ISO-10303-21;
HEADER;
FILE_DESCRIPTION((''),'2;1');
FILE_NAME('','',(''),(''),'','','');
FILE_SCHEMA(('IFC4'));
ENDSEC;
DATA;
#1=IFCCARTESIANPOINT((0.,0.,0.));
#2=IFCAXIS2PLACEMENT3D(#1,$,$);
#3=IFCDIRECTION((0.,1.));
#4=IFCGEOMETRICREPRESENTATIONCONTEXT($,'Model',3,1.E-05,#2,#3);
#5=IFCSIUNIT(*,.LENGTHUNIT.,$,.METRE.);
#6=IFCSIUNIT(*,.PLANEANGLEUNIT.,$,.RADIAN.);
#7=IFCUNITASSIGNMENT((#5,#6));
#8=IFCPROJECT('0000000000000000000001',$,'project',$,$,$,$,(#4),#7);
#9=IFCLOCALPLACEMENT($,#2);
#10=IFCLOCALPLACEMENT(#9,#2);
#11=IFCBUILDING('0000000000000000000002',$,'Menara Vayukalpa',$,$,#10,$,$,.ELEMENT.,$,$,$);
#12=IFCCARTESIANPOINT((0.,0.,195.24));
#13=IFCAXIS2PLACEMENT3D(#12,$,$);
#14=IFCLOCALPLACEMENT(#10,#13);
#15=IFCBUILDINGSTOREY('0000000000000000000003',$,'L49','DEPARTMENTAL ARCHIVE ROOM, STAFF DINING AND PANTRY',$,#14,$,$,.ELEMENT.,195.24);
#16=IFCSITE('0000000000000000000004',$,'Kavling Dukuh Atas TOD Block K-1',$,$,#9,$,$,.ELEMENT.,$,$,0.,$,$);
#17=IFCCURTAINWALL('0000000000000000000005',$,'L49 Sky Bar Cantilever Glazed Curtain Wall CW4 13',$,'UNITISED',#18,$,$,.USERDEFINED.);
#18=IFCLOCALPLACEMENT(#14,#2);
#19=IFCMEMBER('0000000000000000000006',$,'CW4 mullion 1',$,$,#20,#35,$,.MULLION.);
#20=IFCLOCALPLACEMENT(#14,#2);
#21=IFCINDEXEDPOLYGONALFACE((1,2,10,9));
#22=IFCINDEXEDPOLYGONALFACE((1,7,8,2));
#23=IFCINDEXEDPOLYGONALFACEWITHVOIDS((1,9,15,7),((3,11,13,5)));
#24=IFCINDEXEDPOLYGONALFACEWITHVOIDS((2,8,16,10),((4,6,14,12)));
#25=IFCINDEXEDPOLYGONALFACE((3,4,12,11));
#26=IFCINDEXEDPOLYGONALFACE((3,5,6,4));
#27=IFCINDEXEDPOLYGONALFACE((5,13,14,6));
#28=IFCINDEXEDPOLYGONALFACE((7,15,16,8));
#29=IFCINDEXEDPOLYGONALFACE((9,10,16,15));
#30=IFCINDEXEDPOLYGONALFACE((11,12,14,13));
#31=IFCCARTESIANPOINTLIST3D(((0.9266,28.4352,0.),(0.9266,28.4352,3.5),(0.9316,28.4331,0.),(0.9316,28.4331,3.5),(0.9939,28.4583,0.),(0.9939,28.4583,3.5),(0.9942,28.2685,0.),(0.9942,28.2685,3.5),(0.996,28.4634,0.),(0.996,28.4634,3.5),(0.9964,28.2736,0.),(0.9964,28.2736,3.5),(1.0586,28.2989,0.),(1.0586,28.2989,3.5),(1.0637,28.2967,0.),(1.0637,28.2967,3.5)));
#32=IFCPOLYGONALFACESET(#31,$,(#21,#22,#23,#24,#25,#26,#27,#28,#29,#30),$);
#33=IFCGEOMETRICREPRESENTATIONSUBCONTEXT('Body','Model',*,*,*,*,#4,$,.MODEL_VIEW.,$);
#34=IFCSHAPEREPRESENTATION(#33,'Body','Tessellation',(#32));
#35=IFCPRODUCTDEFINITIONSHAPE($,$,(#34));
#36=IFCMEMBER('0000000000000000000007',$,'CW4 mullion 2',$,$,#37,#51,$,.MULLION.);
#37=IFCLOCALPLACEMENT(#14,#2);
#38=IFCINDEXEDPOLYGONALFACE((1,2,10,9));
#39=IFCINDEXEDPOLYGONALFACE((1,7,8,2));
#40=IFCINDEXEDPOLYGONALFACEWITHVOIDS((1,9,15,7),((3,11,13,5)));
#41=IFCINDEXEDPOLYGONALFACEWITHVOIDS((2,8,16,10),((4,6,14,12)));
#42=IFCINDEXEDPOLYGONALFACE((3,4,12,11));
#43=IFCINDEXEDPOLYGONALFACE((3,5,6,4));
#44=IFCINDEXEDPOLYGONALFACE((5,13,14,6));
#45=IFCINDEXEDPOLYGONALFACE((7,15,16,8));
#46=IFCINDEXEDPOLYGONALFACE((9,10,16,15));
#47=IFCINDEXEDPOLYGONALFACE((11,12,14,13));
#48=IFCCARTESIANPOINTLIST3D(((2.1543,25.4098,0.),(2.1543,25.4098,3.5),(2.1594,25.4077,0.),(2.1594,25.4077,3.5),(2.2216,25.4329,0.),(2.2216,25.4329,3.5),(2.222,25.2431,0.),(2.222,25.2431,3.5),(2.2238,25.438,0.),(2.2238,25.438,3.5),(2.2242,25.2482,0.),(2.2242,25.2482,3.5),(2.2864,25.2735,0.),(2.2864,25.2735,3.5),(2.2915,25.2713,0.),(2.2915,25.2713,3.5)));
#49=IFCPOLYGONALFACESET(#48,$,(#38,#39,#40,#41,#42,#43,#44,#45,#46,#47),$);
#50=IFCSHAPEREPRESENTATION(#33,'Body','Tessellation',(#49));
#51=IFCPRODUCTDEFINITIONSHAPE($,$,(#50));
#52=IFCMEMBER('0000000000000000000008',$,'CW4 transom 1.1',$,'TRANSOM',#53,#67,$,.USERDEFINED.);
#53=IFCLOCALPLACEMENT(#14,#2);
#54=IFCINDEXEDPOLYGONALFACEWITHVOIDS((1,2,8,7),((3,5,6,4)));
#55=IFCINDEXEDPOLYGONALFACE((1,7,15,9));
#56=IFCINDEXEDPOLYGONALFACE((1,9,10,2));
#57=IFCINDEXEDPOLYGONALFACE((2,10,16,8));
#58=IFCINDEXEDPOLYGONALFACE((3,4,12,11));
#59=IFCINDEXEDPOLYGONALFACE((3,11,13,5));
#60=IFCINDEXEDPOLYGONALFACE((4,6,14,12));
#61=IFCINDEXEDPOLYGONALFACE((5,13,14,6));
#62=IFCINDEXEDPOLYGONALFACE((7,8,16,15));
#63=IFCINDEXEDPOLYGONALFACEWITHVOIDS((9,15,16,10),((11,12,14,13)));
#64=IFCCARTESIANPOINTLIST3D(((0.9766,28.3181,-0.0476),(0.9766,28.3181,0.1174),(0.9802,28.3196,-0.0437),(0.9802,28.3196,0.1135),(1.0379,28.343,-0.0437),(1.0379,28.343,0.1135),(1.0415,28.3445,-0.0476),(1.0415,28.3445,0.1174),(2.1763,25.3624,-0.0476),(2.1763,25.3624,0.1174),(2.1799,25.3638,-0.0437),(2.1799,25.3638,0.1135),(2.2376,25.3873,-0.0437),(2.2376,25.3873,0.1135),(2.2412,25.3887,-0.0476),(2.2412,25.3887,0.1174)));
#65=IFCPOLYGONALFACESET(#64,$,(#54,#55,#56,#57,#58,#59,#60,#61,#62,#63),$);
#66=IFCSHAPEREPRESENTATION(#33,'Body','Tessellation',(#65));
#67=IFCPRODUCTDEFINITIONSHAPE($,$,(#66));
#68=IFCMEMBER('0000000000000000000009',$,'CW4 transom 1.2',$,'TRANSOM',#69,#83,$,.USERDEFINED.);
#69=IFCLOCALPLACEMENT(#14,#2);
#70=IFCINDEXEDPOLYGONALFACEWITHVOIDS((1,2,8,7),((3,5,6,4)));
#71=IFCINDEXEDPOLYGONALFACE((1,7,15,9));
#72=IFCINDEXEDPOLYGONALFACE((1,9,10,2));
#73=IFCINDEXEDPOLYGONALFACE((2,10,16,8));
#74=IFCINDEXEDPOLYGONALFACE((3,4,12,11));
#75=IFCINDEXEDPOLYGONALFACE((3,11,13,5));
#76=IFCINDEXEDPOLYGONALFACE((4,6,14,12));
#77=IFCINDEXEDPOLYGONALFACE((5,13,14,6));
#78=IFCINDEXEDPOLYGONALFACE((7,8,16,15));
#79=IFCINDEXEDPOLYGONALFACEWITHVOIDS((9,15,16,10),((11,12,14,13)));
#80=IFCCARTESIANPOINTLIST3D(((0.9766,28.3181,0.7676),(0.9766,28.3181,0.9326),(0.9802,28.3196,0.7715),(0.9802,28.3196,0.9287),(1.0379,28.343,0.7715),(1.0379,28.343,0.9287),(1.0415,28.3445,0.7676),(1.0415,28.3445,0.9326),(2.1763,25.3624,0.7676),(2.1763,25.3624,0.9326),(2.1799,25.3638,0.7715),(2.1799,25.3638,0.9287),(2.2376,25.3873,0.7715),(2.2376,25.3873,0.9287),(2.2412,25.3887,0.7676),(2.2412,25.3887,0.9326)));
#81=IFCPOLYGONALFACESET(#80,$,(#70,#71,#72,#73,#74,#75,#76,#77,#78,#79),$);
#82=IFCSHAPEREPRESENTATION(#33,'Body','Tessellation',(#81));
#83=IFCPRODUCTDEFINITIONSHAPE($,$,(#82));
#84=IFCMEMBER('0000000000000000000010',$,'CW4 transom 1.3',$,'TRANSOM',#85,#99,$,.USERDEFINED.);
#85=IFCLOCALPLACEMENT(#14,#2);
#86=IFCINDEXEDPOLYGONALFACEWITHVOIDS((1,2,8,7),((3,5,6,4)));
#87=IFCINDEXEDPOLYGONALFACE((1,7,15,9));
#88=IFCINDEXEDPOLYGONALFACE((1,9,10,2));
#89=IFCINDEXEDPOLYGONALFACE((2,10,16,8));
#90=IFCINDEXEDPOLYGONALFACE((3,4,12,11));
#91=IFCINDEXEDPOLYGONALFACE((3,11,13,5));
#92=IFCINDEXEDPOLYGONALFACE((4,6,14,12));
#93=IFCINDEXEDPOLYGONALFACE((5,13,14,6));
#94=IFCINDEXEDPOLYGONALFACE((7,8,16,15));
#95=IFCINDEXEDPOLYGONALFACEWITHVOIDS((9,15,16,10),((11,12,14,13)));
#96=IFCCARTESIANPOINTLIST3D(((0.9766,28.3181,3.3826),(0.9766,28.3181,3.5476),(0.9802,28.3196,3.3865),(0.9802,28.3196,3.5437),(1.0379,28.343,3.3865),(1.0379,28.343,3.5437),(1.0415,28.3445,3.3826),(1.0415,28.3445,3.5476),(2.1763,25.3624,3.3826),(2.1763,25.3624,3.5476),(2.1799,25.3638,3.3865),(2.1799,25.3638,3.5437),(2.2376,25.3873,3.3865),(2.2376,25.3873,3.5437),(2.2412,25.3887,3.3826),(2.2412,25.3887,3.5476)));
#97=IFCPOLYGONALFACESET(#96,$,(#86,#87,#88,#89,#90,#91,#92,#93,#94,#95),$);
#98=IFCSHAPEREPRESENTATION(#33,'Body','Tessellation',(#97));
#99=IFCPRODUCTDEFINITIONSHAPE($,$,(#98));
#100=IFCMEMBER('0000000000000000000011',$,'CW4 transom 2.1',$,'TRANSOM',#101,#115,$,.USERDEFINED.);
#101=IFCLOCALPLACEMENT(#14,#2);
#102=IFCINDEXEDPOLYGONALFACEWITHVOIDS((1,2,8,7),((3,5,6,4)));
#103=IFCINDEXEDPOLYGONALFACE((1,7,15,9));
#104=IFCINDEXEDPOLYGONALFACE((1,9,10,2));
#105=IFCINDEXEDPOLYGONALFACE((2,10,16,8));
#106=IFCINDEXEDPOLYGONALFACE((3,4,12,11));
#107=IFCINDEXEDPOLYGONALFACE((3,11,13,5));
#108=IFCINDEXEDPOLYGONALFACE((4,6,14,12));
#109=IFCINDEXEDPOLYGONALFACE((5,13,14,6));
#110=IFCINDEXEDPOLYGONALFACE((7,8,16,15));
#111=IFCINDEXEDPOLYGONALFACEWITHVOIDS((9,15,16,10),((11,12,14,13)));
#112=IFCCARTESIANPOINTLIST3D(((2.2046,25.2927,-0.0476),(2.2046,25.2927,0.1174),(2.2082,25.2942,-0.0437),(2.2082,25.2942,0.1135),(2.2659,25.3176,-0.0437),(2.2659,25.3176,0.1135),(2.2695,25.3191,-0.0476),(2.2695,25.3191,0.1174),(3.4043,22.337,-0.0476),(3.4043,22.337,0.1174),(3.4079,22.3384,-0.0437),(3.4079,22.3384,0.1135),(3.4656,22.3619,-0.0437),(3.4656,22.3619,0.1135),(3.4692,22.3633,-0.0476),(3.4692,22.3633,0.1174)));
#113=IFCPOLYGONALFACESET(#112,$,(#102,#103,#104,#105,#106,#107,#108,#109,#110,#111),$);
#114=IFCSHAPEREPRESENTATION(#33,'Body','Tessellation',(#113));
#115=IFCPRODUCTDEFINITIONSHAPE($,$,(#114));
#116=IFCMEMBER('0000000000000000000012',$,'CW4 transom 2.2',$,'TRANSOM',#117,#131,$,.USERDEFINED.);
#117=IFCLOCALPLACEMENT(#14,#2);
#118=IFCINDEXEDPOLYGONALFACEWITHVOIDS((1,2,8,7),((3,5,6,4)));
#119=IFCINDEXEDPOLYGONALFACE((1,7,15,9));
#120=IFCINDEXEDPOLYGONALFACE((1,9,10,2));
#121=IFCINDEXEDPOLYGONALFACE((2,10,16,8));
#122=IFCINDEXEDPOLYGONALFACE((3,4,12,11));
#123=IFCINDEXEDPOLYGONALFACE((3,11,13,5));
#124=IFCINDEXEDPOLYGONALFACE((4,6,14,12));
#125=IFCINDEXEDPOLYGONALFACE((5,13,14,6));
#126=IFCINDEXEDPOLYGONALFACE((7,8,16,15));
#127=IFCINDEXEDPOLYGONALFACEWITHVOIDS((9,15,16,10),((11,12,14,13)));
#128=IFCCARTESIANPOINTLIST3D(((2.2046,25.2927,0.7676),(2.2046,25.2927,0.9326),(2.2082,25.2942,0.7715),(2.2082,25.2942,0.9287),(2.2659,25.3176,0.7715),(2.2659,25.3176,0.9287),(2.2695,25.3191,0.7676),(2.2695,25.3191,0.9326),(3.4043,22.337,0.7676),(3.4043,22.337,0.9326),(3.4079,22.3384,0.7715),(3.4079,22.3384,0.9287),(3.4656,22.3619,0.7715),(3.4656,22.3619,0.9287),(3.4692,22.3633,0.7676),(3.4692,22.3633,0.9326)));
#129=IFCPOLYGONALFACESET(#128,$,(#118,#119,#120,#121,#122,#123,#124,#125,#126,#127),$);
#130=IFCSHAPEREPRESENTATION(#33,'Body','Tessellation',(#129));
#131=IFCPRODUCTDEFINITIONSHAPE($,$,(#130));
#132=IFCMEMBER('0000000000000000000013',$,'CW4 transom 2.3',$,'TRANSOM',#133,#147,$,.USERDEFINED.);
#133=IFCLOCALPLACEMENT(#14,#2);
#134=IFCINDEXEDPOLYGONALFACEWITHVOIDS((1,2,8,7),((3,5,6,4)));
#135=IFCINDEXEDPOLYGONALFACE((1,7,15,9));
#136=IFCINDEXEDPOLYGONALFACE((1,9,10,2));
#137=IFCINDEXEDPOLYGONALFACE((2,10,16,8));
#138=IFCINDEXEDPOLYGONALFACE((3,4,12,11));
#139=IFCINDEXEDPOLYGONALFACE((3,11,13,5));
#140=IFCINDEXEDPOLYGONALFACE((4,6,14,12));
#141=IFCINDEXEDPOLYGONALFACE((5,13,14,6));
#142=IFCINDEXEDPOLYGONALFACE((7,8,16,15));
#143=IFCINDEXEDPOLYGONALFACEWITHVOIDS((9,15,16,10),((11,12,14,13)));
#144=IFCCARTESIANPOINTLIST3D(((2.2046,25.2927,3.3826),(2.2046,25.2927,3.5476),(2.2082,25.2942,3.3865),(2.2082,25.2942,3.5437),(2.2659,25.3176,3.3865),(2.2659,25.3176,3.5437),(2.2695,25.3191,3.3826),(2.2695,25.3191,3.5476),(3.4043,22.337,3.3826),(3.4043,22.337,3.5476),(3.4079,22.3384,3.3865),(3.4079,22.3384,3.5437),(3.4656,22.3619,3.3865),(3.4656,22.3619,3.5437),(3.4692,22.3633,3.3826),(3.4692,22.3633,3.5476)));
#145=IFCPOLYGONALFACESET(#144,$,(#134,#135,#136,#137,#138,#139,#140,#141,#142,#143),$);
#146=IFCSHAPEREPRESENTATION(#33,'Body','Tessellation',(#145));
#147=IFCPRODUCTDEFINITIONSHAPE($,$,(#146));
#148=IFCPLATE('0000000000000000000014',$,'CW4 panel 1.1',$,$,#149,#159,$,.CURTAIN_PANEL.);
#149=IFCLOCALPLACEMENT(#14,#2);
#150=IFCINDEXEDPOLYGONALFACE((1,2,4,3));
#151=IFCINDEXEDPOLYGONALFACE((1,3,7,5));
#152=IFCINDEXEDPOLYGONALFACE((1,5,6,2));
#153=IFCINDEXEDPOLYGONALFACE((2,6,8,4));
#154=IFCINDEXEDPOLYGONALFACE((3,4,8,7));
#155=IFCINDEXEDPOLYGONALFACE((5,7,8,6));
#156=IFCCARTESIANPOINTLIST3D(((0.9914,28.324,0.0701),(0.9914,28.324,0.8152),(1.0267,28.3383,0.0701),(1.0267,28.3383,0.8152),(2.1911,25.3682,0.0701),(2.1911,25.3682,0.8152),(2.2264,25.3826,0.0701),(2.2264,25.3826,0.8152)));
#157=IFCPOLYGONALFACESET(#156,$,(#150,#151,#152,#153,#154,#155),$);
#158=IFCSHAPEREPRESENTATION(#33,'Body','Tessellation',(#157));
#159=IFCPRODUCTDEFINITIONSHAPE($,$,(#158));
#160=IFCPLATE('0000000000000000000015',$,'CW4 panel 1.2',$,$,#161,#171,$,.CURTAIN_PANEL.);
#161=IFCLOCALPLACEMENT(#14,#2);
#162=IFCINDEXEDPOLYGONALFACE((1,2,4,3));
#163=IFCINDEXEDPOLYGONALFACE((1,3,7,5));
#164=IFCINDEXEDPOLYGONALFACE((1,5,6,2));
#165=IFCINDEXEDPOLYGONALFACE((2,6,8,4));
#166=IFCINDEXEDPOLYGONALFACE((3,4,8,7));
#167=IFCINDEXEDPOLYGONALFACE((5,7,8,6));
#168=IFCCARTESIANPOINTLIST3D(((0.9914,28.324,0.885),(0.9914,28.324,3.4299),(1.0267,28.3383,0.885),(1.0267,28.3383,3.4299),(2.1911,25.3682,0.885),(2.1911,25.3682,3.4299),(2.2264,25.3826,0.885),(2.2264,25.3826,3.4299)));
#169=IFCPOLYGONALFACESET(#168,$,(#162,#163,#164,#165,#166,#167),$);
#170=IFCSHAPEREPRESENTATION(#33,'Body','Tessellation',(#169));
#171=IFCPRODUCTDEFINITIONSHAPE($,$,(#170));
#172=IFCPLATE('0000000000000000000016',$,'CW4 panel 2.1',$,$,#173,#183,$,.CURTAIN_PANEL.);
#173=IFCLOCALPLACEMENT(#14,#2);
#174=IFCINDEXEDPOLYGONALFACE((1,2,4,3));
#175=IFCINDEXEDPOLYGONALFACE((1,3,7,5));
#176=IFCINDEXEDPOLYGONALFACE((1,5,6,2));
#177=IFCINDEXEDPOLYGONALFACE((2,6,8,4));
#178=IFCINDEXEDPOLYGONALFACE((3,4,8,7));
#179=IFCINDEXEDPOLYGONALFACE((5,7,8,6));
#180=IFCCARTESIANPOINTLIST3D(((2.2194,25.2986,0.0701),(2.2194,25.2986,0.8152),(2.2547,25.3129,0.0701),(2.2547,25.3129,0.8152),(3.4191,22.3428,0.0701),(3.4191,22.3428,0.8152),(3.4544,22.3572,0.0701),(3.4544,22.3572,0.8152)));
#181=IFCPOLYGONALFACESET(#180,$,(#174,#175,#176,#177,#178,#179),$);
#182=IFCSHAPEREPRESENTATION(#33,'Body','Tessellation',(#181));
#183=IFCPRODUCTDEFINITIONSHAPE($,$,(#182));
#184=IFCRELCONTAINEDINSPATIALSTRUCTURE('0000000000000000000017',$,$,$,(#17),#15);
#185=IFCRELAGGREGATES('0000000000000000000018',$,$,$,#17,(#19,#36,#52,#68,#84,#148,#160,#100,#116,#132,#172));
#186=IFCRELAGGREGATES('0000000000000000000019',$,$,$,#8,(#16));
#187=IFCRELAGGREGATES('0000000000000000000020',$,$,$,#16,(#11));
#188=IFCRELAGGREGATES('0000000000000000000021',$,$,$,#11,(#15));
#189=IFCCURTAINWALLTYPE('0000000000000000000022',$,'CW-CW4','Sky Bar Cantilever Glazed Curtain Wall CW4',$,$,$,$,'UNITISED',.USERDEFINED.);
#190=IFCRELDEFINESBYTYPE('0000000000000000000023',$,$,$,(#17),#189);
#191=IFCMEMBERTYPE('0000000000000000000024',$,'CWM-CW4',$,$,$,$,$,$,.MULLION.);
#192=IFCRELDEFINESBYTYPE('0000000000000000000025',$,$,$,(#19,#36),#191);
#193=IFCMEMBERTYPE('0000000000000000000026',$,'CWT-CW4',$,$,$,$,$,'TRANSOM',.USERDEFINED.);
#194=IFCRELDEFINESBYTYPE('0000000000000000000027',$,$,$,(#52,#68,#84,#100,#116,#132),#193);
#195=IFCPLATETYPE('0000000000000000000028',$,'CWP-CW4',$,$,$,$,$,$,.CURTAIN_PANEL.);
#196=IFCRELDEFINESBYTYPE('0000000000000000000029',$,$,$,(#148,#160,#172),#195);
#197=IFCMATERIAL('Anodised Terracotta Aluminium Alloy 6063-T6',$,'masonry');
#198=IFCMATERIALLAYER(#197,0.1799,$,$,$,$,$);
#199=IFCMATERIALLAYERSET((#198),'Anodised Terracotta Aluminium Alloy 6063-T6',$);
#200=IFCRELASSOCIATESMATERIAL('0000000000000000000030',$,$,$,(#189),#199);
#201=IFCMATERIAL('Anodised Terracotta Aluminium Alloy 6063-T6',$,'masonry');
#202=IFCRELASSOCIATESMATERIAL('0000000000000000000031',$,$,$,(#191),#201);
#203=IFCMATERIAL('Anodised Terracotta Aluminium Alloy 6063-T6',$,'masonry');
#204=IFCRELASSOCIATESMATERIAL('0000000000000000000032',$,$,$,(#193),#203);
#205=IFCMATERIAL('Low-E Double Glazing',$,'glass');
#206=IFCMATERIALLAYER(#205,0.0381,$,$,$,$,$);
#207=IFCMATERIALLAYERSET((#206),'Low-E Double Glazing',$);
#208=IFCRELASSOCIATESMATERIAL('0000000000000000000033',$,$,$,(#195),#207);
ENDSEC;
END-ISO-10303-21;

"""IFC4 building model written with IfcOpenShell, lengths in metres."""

from ifc_helpers import new_model, si_unit, direction, frame, origin, origin_2d, place, context, subcontext, project, spatial, rectangle, hollow_rectangle, extrude, material, layer, layer_set, material_profile, profile_set, type_object, element, aggregate, save


model = new_model("IFC4")

# Units and contexts
model_context = context("Model", 3, precision=1e-05, world=origin(), true_north=direction((0.0, 1.0)))
body_context = subcontext(model_context, "Body", "Model", "MODEL_VIEW")
ifc_project = project(units=[si_unit("LENGTHUNIT", "METRE"), si_unit("PLANEANGLEUNIT", "RADIAN")], contexts=[model_context])

# Site, building, storey
site_placement = place(None, origin())
site = spatial("IfcSite", under=ifc_project, at=site_placement, Name="Kavling Dukuh Atas TOD Block K-1", CompositionType="ELEMENT", RefElevation=0.0)
building_placement = place(site_placement, origin())
building = spatial("IfcBuilding", under=site, at=building_placement, Name="Menara Vayukalpa", CompositionType="ELEMENT")
storey_placement = place(building_placement, frame((0.0, 0.0, 195.24)))
storey = spatial("IfcBuildingStorey", under=building, at=storey_placement, Name="L49", Description="DEPARTMENTAL ARCHIVE ROOM, STAFF DINING AND PANTRY", CompositionType="ELEMENT", Elevation=195.24)

# Curtain wall, members, plates
ifc_material_1 = material(Name="Anodised Terracotta Aluminium Alloy 6063-T6", Category="masonry")
ifc_layer_1 = layer(ifc_material_1, 0.1799)
ifc_layer_set_1 = layer_set([ifc_layer_1], Name="Anodised Terracotta Aluminium Alloy 6063-T6")
curtain_wall_type = type_object("IfcCurtainWallType", Name="CW-CW4", Description="Sky Bar Cantilever Glazed Curtain Wall CW4", ElementType="UNITISED", PredefinedType="USERDEFINED", material=ifc_layer_set_1)
curtain_wall_placement = place(storey_placement, origin())
curtain_wall = element("IfcCurtainWall", 1, at=curtain_wall_placement, inside=storey, type_object=curtain_wall_type, Name="L49 Sky Bar Cantilever Glazed Curtain Wall CW4 13", ObjectType="UNITISED", PredefinedType="USERDEFINED")
ifc_material_2 = material(Name="Anodised Terracotta Aluminium Alloy 6063-T6", Category="masonry")
ifc_material_profile_1 = material_profile(ifc_material_2, hollow_rectangle(XDim=0.075, YDim=0.1799, WallThickness=0.0039, at=origin_2d()), Name="ALU 75x180x4")
ifc_profile_set_1 = profile_set([ifc_material_profile_1], Name="Anodised Terracotta Aluminium Alloy 6063-T6")
member_type_1 = type_object("IfcMemberType", Name="CWM-CW4", PredefinedType="MULLION", material=ifc_profile_set_1)
member_1_placement = place(storey_placement, frame((0.9951, 28.366, 0.0), z_axis=(0.0, 0.0, 1.0), x_axis=(0.926582, 0.376092, 0.0)))
member_1 = element("IfcMember", 2, at=member_1_placement, type_object=member_type_1, Name="CW4 mullion 1", PredefinedType="MULLION", context=body_context, shape_type="SweptSolid", body=[
    extrude(hollow_rectangle(XDim=0.075, YDim=0.1799, WallThickness=0.0039, at=origin_2d()), origin(), (0.0, 0.0, 1.0), 3.5),
])
member_2_placement = place(storey_placement, frame((2.2229, 25.3406, 0.0), z_axis=(0.0, 0.0, 1.0), x_axis=(0.926582, 0.376092, 0.0)))
member_2 = element("IfcMember", 3, at=member_2_placement, type_object=member_type_1, Name="CW4 mullion 2", PredefinedType="MULLION", context=body_context, shape_type="SweptSolid", body=[
    extrude(hollow_rectangle(XDim=0.075, YDim=0.1799, WallThickness=0.0039, at=origin_2d()), origin(), (0.0, 0.0, 1.0), 3.5),
])
ifc_material_3 = material(Name="Anodised Terracotta Aluminium Alloy 6063-T6", Category="masonry")
ifc_material_profile_2 = material_profile(ifc_material_3, hollow_rectangle(XDim=0.0701, YDim=0.165, WallThickness=0.0039, at=origin_2d()), Name="ALU 70x165x4")
ifc_profile_set_2 = profile_set([ifc_material_profile_2], Name="Anodised Terracotta Aluminium Alloy 6063-T6")
member_type_2 = type_object("IfcMemberType", Name="CWT-CW4", ElementType="TRANSOM", PredefinedType="USERDEFINED", material=ifc_profile_set_2)
member_3_placement = place(storey_placement, frame((1.009, 28.3313, 0.0349), z_axis=(0.376083, -0.926586, 0.0), x_axis=(0.926586, 0.376083, 0.0)))
member_3 = element("IfcMember", 4, at=member_3_placement, type_object=member_type_2, Name="CW4 transom 1.1", ObjectType="TRANSOM", PredefinedType="USERDEFINED", context=body_context, shape_type="SweptSolid", body=[
    extrude(hollow_rectangle(XDim=0.0701, YDim=0.165, WallThickness=0.0039, at=origin_2d()), origin(), (0.0, 0.0, 1.0), 3.1899),
])
member_4_placement = place(storey_placement, frame((1.009, 28.3313, 0.8501), z_axis=(0.376083, -0.926586, 0.0), x_axis=(0.926586, 0.376083, 0.0)))
member_4 = element("IfcMember", 5, at=member_4_placement, type_object=member_type_2, Name="CW4 transom 1.2", ObjectType="TRANSOM", PredefinedType="USERDEFINED", context=body_context, shape_type="SweptSolid", body=[
    extrude(hollow_rectangle(XDim=0.0701, YDim=0.165, WallThickness=0.0039, at=origin_2d()), origin(), (0.0, 0.0, 1.0), 3.1899),
])
member_5_placement = place(storey_placement, frame((1.009, 28.3313, 3.4651), z_axis=(0.376083, -0.926586, 0.0), x_axis=(0.926586, 0.376083, 0.0)))
member_5 = element("IfcMember", 6, at=member_5_placement, type_object=member_type_2, Name="CW4 transom 1.3", ObjectType="TRANSOM", PredefinedType="USERDEFINED", context=body_context, shape_type="SweptSolid", body=[
    extrude(hollow_rectangle(XDim=0.0701, YDim=0.165, WallThickness=0.0039, at=origin_2d()), origin(), (0.0, 0.0, 1.0), 3.1899),
])
member_6_placement = place(storey_placement, frame((2.2371, 25.3059, 0.0349), z_axis=(0.376083, -0.926586, 0.0), x_axis=(0.926586, 0.376083, 0.0)))
member_6 = element("IfcMember", 7, at=member_6_placement, type_object=member_type_2, Name="CW4 transom 2.1", ObjectType="TRANSOM", PredefinedType="USERDEFINED", context=body_context, shape_type="SweptSolid", body=[
    extrude(hollow_rectangle(XDim=0.0701, YDim=0.165, WallThickness=0.0039, at=origin_2d()), origin(), (0.0, 0.0, 1.0), 3.1899),
])
member_7_placement = place(storey_placement, frame((2.2371, 25.3059, 0.8501), z_axis=(0.376083, -0.926586, 0.0), x_axis=(0.926586, 0.376083, 0.0)))
member_7 = element("IfcMember", 8, at=member_7_placement, type_object=member_type_2, Name="CW4 transom 2.2", ObjectType="TRANSOM", PredefinedType="USERDEFINED", context=body_context, shape_type="SweptSolid", body=[
    extrude(hollow_rectangle(XDim=0.0701, YDim=0.165, WallThickness=0.0039, at=origin_2d()), origin(), (0.0, 0.0, 1.0), 3.1899),
])
member_8_placement = place(storey_placement, frame((2.2371, 25.3059, 3.4651), z_axis=(0.376083, -0.926586, 0.0), x_axis=(0.926586, 0.376083, 0.0)))
member_8 = element("IfcMember", 9, at=member_8_placement, type_object=member_type_2, Name="CW4 transom 2.3", ObjectType="TRANSOM", PredefinedType="USERDEFINED", context=body_context, shape_type="SweptSolid", body=[
    extrude(hollow_rectangle(XDim=0.0701, YDim=0.165, WallThickness=0.0039, at=origin_2d()), origin(), (0.0, 0.0, 1.0), 3.1899),
])
ifc_material_4 = material(Name="Low-E Double Glazing", Category="glass")
ifc_layer_2 = layer(ifc_material_4, 0.0381)
ifc_layer_set_2 = layer_set([ifc_layer_2], Name="Low-E Double Glazing")
plate_type_1 = type_object("IfcPlateType", Name="CWP-CW4", PredefinedType="CURTAIN_PANEL", material=ifc_layer_set_2)
plate_1_placement = place(storey_placement, frame((1.6089, 26.8533, 0.0701), z_axis=(0.0, 0.0, 1.0), x_axis=(0.376092, -0.926582, 0.0)))
plate_1 = element("IfcPlate", 10, at=plate_1_placement, type_object=plate_type_1, Name="CW4 panel 1.1", PredefinedType="CURTAIN_PANEL", context=body_context, shape_type="SweptSolid", body=[
    extrude(rectangle(XDim=3.1899, YDim=0.0381, at=origin_2d()), origin(), (0.0, 0.0, 1.0), 0.7451),
])
plate_2_placement = place(storey_placement, frame((1.6089, 26.8533, 0.885), z_axis=(0.0, 0.0, 1.0), x_axis=(0.376092, -0.926582, 0.0)))
plate_2 = element("IfcPlate", 11, at=plate_2_placement, type_object=plate_type_1, Name="CW4 panel 1.2", PredefinedType="CURTAIN_PANEL", context=body_context, shape_type="SweptSolid", body=[
    extrude(rectangle(XDim=3.1899, YDim=0.0381, at=origin_2d()), origin(), (0.0, 0.0, 1.0), 2.5449),
])
plate_3_placement = place(storey_placement, frame((2.8369, 23.8279, 0.0701), z_axis=(0.0, 0.0, 1.0), x_axis=(0.376092, -0.926582, 0.0)))
plate_3 = element("IfcPlate", 12, at=plate_3_placement, type_object=plate_type_1, Name="CW4 panel 2.1", PredefinedType="CURTAIN_PANEL", context=body_context, shape_type="SweptSolid", body=[
    extrude(rectangle(XDim=3.1899, YDim=0.0381, at=origin_2d()), origin(), (0.0, 0.0, 1.0), 0.7451),
])
aggregate(curtain_wall, [member_1, member_2, member_3, member_4, member_5, plate_1, plate_2, member_6, member_7, member_8, plate_3])

save(model, "model.ifc")
